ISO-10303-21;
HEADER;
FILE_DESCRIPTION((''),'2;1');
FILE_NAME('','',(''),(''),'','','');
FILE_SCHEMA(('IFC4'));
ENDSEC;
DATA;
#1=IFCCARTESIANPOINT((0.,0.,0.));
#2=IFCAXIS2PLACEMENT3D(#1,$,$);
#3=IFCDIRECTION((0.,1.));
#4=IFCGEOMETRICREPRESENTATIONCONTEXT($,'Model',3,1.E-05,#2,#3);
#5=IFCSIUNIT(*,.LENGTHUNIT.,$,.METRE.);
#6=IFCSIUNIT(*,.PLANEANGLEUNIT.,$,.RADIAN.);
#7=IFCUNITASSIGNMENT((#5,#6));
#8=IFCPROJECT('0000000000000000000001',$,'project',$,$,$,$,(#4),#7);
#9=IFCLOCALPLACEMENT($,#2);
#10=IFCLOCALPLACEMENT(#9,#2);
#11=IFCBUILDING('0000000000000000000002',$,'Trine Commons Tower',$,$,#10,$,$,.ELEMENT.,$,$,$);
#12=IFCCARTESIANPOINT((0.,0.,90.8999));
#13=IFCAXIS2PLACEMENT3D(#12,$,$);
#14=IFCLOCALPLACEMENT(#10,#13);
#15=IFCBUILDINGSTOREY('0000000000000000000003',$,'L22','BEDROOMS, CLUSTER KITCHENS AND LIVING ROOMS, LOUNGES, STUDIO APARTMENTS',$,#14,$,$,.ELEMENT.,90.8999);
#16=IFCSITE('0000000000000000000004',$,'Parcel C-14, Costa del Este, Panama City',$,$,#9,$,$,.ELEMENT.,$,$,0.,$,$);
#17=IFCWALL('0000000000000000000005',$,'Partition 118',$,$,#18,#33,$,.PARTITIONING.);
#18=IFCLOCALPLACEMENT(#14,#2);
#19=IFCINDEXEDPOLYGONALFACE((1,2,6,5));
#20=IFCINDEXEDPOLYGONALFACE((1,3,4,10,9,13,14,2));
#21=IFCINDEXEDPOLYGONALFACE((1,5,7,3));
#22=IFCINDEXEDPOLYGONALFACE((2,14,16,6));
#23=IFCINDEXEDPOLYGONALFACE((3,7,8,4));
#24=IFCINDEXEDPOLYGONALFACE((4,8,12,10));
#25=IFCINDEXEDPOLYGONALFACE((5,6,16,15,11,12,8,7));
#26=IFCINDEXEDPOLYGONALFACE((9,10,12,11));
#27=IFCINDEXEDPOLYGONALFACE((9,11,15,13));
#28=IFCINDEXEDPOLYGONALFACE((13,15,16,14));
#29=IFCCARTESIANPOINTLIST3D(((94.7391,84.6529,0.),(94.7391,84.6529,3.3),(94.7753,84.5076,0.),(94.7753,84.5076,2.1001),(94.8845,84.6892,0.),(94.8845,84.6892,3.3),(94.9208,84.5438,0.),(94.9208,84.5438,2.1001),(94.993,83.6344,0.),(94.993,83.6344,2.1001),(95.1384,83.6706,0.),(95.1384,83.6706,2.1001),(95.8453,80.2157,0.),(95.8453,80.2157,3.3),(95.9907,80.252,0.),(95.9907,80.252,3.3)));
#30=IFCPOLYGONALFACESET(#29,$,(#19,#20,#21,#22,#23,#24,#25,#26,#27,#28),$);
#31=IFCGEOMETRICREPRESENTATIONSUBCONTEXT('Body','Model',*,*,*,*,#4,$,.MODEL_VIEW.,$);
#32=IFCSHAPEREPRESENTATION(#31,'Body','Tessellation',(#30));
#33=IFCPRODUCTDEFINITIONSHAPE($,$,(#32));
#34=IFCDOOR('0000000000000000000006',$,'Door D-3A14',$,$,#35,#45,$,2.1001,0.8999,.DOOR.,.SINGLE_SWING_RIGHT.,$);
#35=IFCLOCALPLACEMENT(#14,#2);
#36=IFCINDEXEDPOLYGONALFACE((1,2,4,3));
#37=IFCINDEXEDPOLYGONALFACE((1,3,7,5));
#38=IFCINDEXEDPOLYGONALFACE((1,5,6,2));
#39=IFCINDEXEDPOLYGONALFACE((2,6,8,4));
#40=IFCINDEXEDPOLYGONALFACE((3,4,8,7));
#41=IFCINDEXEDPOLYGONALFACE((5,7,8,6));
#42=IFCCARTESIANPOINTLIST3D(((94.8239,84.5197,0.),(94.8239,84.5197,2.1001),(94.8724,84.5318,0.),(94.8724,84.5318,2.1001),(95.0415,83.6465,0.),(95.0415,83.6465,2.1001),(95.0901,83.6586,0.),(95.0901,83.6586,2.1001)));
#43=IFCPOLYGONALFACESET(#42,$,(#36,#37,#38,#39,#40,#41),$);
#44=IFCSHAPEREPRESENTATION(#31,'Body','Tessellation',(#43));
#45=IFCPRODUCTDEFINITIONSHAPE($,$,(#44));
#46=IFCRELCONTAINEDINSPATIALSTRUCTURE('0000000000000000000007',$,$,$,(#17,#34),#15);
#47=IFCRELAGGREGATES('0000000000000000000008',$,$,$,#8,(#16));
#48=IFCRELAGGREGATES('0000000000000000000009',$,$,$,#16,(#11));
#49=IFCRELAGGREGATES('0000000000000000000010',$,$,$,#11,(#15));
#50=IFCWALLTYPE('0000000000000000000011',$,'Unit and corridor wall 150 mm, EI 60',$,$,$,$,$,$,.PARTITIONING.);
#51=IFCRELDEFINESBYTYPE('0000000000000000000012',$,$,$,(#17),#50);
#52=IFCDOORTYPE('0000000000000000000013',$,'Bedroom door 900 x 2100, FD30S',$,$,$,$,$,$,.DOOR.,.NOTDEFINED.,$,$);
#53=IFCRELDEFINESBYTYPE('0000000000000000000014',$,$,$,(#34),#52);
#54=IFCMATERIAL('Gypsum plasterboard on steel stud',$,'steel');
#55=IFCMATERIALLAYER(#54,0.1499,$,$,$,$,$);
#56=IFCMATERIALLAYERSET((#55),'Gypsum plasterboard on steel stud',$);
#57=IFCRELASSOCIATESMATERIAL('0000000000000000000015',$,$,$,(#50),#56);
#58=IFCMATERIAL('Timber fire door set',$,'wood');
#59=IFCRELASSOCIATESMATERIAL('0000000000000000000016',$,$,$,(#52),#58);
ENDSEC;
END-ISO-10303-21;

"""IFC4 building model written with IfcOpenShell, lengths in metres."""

from ifc_helpers import new_model, si_unit, direction, frame, frame_2d, origin, place, context, subcontext, project, spatial, rectangle, extrude, material, layer, layer_set, type_object, element, fill, save


model = new_model("IFC4")

# Units and contexts
model_context = context("Model", 3, precision=1e-05, world=origin(), true_north=direction((0.0, 1.0)))
body_context = subcontext(model_context, "Body", "Model", "MODEL_VIEW")
ifc_project = project(units=[si_unit("LENGTHUNIT", "METRE"), si_unit("PLANEANGLEUNIT", "RADIAN")], contexts=[model_context])

# Site, building, storey
site_placement = place(None, origin())
site = spatial("IfcSite", under=ifc_project, at=site_placement, Name="Parcel C-14, Costa del Este, Panama City", CompositionType="ELEMENT", RefElevation=0.0)
building_placement = place(site_placement, origin())
building = spatial("IfcBuilding", under=site, at=building_placement, Name="Trine Commons Tower", CompositionType="ELEMENT")
storey_placement = place(building_placement, frame((0.0, 0.0, 90.8999)))
storey = spatial("IfcBuildingStorey", under=building, at=storey_placement, Name="L22", Description="BEDROOMS, CLUSTER KITCHENS AND LIVING ROOMS, LOUNGES, STUDIO APARTMENTS", CompositionType="ELEMENT", Elevation=90.8999)

# Shared definitions
ifc_material_1 = material(Name="Gypsum plasterboard on steel stud", Category="steel")
ifc_layer_1 = layer(ifc_material_1, 0.1499)
ifc_layer_set_1 = layer_set([ifc_layer_1], Name="Gypsum plasterboard on steel stud")
wall_type_1 = type_object("IfcWallType", Name="Unit and corridor wall 150 mm, EI 60", PredefinedType="PARTITIONING", material=ifc_layer_set_1)

# Wall, opening, door
wall_1_placement = place(storey_placement, frame((94.8118, 84.6711, 0.0), z_axis=(0.0, 0.0, 1.0), x_axis=(0.241895, -0.970302, 0.0)))
wall_1 = element("IfcWall", 1, at=wall_1_placement, inside=storey, type_object=wall_type_1, Name="Partition 118", PredefinedType="PARTITIONING", context=body_context, shape_type="SweptSolid", body=[
    extrude(rectangle(XDim=4.573, YDim=0.1499, at=frame_2d((2.2866, 0.0))), origin(), (0.0, 0.0, 1.0), 3.3),
])
opening_1_placement = place(wall_1_placement, frame((0.1499, 0.0, 0.0)))
opening_1 = element("IfcOpeningElement", 2, at=opening_1_placement, cuts=wall_1, PredefinedType="OPENING", context=body_context, shape_type="SweptSolid", body=[
    extrude(rectangle(XDim=0.8999, YDim=2.1001, at=frame_2d((0.45, 1.05))), frame((0.0, 0.085, 0.0), z_axis=(0.0, -1.0, 0.0), x_axis=(1.0, 0.0, 0.0)), (0.0, 0.0, 1.0), 0.1699),
])
ifc_material_2 = material(Name="Timber fire door set", Category="wood")
door_type_1 = type_object("IfcDoorType", Name="Bedroom door 900 x 2100, FD30S", OperationType="NOTDEFINED", PredefinedType="DOOR", material=ifc_material_2)
door_1_placement = place(opening_1_placement, frame((0.8999, 0.0, 0.0), z_axis=(0.0, 0.0, 1.0), x_axis=(-1.0, 0.0, 0.0)))
door_1 = element("IfcDoor", 3, at=door_1_placement, inside=storey, type_object=door_type_1, Name="Door D-3A14", OperationType="SINGLE_SWING_RIGHT", OverallHeight=2.1001, OverallWidth=0.8999, PredefinedType="DOOR", context=body_context, shape_type="SweptSolid", body=[
    extrude(rectangle(XDim=0.8999, YDim=2.1001, at=frame_2d((0.45, 1.05))), frame((0.0, 0.0249, 0.0), z_axis=(0.0, -1.0, 0.0), x_axis=(1.0, 0.0, 0.0)), (0.0, 0.0, 1.0), 0.05),
])
fill(opening_1, door_1)

save(model, "model.ifc")
